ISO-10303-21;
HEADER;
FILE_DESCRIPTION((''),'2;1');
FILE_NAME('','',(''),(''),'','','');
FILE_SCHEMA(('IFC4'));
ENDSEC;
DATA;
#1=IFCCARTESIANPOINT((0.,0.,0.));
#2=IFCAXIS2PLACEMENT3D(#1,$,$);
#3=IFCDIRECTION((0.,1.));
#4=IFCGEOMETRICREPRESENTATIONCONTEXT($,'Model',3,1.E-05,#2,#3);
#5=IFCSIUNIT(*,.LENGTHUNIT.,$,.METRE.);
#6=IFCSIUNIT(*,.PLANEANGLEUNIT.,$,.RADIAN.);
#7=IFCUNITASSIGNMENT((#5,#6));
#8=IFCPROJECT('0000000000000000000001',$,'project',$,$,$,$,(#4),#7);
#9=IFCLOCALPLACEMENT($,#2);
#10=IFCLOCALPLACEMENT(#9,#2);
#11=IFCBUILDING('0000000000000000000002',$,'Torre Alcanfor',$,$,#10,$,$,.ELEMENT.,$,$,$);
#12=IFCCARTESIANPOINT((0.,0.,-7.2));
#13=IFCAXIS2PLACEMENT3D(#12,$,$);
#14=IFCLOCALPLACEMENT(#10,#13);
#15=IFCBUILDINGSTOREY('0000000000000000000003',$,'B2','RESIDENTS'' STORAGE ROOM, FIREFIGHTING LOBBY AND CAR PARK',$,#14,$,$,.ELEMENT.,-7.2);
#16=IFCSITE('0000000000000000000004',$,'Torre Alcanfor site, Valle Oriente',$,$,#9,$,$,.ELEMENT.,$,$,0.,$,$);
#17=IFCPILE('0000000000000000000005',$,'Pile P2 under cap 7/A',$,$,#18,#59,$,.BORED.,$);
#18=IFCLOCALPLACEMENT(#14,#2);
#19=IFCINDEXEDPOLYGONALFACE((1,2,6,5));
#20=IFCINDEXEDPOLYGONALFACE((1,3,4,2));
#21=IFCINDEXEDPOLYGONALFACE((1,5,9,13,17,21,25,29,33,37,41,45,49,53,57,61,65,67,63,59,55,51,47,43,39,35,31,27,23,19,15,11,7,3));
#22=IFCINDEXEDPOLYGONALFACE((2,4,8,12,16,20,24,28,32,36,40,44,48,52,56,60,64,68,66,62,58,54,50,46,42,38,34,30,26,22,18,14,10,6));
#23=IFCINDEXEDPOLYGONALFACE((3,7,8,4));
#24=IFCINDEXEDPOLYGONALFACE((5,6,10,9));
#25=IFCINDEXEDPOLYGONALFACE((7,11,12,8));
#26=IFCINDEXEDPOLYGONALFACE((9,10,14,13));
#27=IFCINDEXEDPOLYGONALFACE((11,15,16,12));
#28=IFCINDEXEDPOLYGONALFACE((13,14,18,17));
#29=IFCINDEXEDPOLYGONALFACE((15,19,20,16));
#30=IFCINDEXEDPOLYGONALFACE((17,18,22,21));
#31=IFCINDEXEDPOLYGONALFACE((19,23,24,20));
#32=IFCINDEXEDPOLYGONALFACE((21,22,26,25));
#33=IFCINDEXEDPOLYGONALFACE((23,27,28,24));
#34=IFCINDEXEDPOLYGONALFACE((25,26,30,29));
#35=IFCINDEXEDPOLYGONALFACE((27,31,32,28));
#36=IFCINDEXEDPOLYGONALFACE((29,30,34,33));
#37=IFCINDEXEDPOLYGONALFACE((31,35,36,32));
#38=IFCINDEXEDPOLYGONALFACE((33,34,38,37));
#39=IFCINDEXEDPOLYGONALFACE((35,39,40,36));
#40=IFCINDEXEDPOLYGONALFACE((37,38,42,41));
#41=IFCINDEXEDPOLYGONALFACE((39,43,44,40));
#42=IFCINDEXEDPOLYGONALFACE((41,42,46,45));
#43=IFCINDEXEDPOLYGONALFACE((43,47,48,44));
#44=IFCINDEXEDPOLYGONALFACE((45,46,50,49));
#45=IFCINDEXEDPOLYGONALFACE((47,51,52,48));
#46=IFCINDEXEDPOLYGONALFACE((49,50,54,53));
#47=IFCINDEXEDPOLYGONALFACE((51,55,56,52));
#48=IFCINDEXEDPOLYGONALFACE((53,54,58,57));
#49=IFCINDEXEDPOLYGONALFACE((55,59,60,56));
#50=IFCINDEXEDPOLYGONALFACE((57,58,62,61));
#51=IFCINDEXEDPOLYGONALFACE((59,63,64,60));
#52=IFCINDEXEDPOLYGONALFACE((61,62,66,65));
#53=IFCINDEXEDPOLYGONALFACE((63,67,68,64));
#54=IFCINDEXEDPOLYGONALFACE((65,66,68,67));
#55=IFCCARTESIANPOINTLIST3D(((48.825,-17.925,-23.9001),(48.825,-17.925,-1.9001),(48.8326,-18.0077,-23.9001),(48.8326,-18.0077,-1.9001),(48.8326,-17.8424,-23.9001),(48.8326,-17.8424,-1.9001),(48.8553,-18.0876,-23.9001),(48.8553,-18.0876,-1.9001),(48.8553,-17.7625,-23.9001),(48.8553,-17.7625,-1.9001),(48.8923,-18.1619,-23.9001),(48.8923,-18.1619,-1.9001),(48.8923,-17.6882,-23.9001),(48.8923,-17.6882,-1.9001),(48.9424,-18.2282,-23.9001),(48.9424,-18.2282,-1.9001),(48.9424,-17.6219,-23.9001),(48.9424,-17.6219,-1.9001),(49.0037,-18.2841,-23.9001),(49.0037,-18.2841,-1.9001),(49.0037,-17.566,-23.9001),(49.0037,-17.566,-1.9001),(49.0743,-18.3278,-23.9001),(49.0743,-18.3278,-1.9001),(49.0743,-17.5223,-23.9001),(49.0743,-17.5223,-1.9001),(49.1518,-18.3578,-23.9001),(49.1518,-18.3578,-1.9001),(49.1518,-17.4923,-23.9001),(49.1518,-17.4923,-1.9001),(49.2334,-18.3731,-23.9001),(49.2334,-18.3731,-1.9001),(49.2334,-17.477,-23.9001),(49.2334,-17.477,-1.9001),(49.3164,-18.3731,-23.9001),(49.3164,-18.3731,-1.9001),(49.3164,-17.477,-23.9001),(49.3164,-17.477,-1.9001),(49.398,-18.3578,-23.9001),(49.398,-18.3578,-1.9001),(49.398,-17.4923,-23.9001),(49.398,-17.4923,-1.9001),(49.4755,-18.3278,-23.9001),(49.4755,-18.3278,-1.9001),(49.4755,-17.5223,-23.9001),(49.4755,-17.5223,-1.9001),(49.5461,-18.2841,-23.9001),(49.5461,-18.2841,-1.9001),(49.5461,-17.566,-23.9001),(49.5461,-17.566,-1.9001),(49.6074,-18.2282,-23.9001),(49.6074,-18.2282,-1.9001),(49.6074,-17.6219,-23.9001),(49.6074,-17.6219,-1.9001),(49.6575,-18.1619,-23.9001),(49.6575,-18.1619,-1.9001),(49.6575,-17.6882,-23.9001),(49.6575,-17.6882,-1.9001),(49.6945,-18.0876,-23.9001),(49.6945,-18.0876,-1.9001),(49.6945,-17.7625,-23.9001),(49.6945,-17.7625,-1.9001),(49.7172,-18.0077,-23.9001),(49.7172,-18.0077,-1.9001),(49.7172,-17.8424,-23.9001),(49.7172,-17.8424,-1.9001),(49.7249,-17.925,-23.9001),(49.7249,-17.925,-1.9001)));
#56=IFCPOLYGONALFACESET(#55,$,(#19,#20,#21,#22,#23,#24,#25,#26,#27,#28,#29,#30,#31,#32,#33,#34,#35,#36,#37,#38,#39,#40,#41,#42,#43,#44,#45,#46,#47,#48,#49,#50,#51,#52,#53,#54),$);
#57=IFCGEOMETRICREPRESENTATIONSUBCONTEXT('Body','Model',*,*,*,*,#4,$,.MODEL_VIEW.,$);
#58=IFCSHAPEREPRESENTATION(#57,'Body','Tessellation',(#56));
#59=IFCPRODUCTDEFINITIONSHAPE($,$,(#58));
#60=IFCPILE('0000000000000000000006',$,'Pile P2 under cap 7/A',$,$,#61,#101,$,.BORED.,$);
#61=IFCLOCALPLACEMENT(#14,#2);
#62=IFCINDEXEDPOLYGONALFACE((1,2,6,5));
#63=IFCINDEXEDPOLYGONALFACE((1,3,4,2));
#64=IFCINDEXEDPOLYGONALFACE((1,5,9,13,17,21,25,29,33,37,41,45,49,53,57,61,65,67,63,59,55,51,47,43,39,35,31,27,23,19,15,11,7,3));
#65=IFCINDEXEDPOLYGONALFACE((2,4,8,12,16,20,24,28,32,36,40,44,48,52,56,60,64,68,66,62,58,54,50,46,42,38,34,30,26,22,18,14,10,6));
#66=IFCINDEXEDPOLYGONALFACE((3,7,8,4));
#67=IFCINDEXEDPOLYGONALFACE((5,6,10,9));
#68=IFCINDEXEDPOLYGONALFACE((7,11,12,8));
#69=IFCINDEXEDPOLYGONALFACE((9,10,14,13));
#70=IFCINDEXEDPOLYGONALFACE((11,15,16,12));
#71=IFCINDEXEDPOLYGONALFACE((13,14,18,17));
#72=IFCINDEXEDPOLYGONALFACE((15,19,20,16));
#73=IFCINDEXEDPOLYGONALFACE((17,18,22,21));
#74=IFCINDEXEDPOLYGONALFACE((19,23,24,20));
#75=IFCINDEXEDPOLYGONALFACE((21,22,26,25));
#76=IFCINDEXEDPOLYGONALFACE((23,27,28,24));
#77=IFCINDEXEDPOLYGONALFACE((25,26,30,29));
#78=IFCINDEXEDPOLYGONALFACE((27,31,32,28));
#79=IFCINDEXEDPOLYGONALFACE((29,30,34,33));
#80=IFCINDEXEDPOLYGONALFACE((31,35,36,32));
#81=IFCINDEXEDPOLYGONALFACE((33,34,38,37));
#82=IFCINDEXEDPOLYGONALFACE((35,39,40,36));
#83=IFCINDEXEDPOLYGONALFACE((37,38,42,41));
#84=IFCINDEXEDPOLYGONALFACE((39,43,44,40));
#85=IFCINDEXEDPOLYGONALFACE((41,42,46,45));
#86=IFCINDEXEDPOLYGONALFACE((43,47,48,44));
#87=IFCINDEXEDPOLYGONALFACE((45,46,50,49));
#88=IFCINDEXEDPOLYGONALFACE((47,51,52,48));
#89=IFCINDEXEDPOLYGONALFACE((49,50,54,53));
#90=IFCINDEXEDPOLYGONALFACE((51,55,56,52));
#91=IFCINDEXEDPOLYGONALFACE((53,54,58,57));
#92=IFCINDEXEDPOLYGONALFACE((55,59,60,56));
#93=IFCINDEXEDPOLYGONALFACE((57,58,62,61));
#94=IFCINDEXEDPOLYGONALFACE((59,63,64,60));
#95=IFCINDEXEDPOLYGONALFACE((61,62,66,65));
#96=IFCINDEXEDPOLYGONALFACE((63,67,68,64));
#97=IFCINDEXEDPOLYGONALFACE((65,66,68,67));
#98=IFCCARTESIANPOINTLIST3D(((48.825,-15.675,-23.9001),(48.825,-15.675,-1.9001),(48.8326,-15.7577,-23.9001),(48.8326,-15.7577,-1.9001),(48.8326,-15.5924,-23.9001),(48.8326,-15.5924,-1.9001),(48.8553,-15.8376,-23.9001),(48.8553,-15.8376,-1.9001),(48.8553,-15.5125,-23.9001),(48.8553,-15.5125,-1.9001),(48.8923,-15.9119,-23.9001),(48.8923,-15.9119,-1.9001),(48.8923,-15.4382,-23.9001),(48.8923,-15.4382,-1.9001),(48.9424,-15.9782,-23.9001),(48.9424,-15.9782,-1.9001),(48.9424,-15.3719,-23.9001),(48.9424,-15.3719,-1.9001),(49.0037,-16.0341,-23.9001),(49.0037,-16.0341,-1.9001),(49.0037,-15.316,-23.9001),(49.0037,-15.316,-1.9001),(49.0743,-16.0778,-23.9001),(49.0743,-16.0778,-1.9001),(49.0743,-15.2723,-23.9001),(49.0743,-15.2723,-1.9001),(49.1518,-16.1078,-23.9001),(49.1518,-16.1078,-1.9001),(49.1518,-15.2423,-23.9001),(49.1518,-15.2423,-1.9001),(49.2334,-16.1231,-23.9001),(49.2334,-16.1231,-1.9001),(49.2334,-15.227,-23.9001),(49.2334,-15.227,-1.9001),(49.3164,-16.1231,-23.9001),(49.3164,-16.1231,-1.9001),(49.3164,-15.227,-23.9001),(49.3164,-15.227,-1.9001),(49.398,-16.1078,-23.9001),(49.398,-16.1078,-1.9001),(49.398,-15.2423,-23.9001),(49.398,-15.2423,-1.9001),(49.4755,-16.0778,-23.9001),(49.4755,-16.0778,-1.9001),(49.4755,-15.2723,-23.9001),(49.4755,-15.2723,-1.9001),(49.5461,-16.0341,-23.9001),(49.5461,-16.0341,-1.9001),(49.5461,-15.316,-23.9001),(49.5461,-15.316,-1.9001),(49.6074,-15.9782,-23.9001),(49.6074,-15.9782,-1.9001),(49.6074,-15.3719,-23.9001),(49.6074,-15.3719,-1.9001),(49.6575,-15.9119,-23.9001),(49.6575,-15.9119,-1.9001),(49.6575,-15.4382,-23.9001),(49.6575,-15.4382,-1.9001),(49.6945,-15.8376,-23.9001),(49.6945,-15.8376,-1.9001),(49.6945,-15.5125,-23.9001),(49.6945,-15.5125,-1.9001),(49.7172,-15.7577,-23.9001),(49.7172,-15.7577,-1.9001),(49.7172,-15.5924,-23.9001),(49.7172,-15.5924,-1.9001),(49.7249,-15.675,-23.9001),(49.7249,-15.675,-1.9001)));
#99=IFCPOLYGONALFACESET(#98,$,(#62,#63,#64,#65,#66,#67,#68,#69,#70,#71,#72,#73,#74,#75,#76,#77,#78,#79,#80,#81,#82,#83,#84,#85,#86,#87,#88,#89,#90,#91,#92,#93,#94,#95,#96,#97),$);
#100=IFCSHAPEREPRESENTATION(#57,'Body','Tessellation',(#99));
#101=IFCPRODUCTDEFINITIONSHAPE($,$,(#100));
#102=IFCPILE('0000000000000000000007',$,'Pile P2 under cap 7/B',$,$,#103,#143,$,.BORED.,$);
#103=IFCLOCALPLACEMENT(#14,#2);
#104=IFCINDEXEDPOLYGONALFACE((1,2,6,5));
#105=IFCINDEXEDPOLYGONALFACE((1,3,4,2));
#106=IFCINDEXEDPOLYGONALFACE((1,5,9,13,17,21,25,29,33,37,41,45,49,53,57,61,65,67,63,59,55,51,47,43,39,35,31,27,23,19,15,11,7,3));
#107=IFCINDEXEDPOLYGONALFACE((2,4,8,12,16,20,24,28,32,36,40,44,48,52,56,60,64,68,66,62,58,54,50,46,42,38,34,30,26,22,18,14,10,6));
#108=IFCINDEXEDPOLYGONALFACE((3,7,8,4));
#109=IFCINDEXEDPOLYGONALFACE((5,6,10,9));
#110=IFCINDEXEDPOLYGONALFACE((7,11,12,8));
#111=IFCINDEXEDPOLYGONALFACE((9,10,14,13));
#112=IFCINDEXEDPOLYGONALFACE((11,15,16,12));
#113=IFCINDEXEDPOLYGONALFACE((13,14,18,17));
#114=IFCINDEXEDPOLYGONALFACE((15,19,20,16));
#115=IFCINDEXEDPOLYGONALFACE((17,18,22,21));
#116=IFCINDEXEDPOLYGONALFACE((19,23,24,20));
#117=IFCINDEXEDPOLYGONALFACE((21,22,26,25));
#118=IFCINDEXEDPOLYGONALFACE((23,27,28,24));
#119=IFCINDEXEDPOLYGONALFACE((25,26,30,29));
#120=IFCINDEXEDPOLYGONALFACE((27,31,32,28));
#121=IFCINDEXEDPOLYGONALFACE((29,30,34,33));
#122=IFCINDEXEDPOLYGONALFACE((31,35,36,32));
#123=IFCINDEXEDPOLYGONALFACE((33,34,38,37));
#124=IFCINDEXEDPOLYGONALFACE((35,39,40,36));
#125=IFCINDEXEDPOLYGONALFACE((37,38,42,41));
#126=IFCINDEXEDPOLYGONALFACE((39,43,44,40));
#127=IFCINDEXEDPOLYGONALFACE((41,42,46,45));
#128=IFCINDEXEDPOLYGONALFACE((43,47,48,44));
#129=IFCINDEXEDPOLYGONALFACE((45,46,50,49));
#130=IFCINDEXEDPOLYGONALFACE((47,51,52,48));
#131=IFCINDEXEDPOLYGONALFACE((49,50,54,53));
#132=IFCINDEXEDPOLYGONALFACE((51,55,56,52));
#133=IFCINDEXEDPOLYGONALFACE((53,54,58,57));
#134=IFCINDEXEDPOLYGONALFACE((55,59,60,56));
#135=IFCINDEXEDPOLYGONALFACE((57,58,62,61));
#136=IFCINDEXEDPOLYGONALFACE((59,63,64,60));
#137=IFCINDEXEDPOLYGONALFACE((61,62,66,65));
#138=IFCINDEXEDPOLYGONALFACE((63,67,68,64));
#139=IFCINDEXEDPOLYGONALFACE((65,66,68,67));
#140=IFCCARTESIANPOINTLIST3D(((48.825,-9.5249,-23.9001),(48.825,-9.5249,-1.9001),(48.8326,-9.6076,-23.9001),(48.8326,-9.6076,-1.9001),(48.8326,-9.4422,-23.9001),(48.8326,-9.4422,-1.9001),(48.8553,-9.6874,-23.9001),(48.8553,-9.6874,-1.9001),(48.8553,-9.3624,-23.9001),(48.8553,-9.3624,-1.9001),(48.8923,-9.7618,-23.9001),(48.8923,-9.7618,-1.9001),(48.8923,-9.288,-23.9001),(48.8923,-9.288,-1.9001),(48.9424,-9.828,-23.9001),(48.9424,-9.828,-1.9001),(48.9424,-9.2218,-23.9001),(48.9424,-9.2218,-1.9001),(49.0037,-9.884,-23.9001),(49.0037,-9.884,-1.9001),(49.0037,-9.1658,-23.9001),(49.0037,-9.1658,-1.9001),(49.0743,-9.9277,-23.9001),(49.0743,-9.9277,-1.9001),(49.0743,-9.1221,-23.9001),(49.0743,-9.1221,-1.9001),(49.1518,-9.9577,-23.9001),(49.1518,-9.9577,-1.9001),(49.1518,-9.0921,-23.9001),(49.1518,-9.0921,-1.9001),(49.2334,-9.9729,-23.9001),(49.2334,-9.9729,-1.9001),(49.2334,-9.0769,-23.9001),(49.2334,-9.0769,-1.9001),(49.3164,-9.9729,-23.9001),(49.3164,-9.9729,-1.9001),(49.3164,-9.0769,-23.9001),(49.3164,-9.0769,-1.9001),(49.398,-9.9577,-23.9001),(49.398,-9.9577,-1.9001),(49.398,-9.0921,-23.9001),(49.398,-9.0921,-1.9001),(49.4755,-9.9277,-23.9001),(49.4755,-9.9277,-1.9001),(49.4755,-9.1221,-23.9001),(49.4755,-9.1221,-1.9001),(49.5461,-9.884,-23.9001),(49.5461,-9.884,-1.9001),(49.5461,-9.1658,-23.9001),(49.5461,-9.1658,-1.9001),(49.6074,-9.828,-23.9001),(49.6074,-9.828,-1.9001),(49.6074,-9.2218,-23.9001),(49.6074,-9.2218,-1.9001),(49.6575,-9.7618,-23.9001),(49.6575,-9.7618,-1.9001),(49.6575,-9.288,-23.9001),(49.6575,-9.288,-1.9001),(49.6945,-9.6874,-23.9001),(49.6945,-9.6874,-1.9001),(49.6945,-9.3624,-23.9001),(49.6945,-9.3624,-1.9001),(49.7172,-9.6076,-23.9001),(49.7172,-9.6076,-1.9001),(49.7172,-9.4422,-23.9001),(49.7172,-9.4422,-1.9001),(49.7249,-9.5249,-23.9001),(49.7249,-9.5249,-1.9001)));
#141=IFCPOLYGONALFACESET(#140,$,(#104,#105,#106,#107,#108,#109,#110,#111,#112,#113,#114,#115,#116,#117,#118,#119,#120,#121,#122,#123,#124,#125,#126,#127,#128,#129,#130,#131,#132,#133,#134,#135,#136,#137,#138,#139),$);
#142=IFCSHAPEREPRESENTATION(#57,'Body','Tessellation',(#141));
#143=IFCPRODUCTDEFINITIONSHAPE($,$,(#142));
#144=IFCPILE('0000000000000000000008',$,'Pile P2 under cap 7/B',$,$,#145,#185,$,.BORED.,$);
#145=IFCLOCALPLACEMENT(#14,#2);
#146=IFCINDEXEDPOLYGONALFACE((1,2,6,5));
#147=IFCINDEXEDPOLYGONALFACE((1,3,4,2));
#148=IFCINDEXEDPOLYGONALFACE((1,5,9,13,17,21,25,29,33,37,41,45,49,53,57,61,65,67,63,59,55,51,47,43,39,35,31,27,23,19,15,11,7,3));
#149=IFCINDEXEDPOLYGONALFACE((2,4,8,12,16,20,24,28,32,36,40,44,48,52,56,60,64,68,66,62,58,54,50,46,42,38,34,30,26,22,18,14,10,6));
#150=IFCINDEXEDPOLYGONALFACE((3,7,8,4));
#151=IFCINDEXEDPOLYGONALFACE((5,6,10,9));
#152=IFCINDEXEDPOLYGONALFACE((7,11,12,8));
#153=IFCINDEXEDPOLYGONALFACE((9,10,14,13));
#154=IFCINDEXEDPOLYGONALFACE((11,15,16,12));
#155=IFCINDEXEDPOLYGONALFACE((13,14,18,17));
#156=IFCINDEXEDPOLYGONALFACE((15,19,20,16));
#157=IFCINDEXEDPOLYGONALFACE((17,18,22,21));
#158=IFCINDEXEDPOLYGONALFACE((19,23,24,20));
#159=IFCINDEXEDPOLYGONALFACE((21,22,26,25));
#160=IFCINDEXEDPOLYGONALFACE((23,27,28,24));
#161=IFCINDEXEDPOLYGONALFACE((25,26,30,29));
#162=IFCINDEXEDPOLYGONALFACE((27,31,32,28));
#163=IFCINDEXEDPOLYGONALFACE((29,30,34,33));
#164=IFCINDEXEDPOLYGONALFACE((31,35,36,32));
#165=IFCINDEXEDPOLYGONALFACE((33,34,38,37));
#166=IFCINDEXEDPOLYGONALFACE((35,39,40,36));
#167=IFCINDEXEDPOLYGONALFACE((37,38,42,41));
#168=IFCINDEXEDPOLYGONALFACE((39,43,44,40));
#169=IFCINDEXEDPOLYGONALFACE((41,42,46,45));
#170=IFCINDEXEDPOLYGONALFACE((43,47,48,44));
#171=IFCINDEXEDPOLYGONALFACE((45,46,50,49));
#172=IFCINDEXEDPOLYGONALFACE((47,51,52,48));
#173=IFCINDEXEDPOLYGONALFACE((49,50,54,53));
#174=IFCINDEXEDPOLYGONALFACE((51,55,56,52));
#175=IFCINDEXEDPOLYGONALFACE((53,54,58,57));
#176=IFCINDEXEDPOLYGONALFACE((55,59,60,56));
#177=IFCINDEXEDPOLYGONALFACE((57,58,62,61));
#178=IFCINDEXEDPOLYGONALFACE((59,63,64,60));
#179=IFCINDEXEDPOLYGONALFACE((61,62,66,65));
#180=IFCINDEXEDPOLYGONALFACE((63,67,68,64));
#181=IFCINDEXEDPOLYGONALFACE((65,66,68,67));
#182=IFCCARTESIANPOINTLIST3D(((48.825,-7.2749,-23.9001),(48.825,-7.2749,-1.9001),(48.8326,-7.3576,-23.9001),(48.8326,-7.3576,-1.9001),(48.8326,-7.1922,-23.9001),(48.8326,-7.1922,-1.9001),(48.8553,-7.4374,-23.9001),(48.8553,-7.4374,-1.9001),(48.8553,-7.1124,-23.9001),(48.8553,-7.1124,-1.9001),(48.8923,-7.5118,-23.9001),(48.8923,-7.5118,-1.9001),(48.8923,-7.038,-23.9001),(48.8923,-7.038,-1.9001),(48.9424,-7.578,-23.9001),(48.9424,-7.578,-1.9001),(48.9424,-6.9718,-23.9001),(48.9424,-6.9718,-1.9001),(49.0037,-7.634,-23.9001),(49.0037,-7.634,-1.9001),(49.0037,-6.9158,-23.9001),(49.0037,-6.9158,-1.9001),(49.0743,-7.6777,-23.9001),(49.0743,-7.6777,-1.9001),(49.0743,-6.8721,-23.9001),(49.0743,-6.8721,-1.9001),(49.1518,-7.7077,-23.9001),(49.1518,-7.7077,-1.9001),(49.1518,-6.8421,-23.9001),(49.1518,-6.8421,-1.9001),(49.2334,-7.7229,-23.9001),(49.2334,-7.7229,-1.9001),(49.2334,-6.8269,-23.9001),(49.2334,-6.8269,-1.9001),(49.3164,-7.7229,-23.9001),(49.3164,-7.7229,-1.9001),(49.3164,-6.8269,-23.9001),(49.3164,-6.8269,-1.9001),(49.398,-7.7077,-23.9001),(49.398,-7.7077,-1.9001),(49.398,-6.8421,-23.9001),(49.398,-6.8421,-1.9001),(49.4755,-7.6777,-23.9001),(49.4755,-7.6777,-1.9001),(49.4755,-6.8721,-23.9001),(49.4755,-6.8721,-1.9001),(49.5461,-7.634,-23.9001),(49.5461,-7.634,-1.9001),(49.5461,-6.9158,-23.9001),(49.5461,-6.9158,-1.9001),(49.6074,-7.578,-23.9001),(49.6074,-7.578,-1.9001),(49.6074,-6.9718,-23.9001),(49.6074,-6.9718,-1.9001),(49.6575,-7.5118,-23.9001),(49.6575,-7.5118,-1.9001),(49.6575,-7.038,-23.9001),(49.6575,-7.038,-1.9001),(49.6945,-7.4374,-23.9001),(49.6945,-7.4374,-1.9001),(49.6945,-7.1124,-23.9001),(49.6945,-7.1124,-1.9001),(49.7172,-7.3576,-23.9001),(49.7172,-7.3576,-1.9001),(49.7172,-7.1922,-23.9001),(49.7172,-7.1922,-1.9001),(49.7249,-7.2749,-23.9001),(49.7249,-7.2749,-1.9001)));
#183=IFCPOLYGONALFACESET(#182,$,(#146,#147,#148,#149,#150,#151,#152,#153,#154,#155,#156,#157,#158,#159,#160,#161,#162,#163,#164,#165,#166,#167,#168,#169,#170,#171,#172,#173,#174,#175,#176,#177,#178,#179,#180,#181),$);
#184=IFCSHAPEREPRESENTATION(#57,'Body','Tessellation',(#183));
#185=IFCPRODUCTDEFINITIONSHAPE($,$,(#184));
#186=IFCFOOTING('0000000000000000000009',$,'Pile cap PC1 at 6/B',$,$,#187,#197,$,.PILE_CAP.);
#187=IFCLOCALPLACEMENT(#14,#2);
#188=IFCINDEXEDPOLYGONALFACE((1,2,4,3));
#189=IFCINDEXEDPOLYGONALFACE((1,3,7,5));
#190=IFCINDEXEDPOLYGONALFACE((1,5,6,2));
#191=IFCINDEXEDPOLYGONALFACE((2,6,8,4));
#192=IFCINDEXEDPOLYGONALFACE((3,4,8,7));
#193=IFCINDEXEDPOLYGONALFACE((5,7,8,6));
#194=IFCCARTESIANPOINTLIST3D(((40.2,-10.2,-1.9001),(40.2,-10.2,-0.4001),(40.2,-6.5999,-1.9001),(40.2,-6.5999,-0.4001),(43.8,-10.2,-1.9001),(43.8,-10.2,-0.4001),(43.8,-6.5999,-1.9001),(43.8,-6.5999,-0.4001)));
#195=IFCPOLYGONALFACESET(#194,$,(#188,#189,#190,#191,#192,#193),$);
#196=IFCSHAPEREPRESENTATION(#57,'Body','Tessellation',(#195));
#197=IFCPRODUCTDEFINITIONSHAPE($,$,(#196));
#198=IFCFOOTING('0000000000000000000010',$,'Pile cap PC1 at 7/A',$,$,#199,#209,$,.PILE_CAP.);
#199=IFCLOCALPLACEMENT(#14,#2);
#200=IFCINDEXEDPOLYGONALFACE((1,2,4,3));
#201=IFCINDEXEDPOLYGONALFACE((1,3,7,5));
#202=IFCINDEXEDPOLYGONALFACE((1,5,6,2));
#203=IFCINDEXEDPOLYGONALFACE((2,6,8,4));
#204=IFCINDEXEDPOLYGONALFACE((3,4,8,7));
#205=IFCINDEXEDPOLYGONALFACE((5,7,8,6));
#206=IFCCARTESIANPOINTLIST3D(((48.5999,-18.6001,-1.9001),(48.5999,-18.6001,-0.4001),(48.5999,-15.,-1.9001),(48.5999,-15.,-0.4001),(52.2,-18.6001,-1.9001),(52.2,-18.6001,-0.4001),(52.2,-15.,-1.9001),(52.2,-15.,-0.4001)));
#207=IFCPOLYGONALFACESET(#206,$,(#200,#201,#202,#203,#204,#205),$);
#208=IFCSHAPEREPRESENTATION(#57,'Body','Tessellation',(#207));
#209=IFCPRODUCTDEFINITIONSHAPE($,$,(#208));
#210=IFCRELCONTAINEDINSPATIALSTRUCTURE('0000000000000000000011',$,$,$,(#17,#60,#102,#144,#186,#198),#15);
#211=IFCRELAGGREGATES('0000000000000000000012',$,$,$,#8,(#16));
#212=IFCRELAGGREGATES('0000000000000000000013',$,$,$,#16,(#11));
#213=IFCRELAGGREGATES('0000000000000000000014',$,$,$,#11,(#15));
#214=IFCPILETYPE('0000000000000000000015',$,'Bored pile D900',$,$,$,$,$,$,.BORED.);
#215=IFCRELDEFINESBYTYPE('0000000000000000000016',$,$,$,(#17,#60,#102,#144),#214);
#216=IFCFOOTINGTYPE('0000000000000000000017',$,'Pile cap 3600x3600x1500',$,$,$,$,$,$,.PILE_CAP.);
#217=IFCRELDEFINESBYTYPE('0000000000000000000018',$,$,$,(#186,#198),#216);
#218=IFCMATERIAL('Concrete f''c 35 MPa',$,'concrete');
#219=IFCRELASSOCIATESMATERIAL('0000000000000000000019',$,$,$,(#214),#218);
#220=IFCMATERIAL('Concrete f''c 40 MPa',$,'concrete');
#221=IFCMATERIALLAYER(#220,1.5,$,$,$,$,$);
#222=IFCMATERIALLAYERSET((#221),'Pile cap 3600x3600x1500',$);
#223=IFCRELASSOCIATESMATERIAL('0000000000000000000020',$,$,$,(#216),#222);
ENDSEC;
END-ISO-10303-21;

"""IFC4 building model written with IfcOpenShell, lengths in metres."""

from ifc_helpers import new_model, si_unit, direction, frame, origin, origin_2d, place, context, subcontext, project, spatial, rectangle, circle, extrude, material, layer, layer_set, material_profile, profile_set, type_object, element, save


model = new_model("IFC4")

# Units and contexts
model_context = context("Model", 3, precision=1e-05, world=origin(), true_north=direction((0.0, 1.0)))
body_context = subcontext(model_context, "Body", "Model", "MODEL_VIEW")
ifc_project = project(units=[si_unit("LENGTHUNIT", "METRE"), si_unit("PLANEANGLEUNIT", "RADIAN")], contexts=[model_context])

# Site, building, storey
site_placement = place(None, origin())
site = spatial("IfcSite", under=ifc_project, at=site_placement, Name="Torre Alcanfor site, Valle Oriente", CompositionType="ELEMENT", RefElevation=0.0)
building_placement = place(site_placement, origin())
building = spatial("IfcBuilding", under=site, at=building_placement, Name="Torre Alcanfor", CompositionType="ELEMENT")
storey_placement = place(building_placement, frame((0.0, 0.0, -7.2)))
storey = spatial("IfcBuildingStorey", under=building, at=storey_placement, Name="B2", Description="RESIDENTS' STORAGE ROOM, FIREFIGHTING LOBBY AND CAR PARK", CompositionType="ELEMENT", Elevation=-7.2)

# Piles
ifc_material_1 = material(Name="Concrete f'c 35 MPa", Category="concrete")
ifc_material_profile_1 = material_profile(ifc_material_1, circle(Radius=0.45, at=origin_2d()), Name="D900")
ifc_profile_set_1 = profile_set([ifc_material_profile_1], Name="Concrete f'c 35 MPa")
pile_type = type_object("IfcPileType", Name="Bored pile D900", PredefinedType="BORED", material=ifc_profile_set_1)
for number, where, z_axis, x_axis, name in (
    (1, (49.2749, -17.925, -1.9001), (0.0, 0.0, -1.0), (1.0, 0.0, 0.0), "Pile P2 under cap 7/A"),
    (2, (49.2749, -15.675, -1.9001), (0.0, 0.0, -1.0), (1.0, 0.0, 0.0), "Pile P2 under cap 7/A"),
    (3, (49.2749, -9.5249, -1.9001), (0.0, 0.0, -1.0), (1.0, 0.0, 0.0), "Pile P2 under cap 7/B"),
    (4, (49.2749, -7.2749, -1.9001), (0.0, 0.0, -1.0), (1.0, 0.0, 0.0), "Pile P2 under cap 7/B"),
):
    element("IfcPile", number, at=place(storey_placement, frame(where, z_axis=z_axis, x_axis=x_axis)), inside=storey, type_object=pile_type, Name=name, PredefinedType="BORED", context=body_context, shape_type="SweptSolid", body=[
        extrude(circle(Radius=0.45, at=origin_2d()), origin(), (0.0, 0.0, 1.0), 22.0),
    ])

# Footings
ifc_material_2 = material(Name="Concrete f'c 40 MPa", Category="concrete")
ifc_layer = layer(ifc_material_2, 1.5)
ifc_layer_set = layer_set([ifc_layer], Name="Pile cap 3600x3600x1500")
footing_type = type_object("IfcFootingType", Name="Pile cap 3600x3600x1500", PredefinedType="PILE_CAP", material=ifc_layer_set)
for number, where, z_axis, x_axis, name in (
    (5, (42.0, -8.3999, -1.9001), (0.0, 0.0, 1.0), (1.0, 0.0, 0.0), "Pile cap PC1 at 6/B"),
    (6, (50.3999, -16.8, -1.9001), (0.0, 0.0, 1.0), (1.0, 0.0, 0.0), "Pile cap PC1 at 7/A"),
):
    element("IfcFooting", number, at=place(storey_placement, frame(where, z_axis=z_axis, x_axis=x_axis)), inside=storey, type_object=footing_type, Name=name, PredefinedType="PILE_CAP", context=body_context, shape_type="SweptSolid", body=[
        extrude(rectangle(XDim=3.6001, YDim=3.6001, at=origin_2d()), origin(), (0.0, 0.0, 1.0), 1.5),
    ])

save(model, "model.ifc")
